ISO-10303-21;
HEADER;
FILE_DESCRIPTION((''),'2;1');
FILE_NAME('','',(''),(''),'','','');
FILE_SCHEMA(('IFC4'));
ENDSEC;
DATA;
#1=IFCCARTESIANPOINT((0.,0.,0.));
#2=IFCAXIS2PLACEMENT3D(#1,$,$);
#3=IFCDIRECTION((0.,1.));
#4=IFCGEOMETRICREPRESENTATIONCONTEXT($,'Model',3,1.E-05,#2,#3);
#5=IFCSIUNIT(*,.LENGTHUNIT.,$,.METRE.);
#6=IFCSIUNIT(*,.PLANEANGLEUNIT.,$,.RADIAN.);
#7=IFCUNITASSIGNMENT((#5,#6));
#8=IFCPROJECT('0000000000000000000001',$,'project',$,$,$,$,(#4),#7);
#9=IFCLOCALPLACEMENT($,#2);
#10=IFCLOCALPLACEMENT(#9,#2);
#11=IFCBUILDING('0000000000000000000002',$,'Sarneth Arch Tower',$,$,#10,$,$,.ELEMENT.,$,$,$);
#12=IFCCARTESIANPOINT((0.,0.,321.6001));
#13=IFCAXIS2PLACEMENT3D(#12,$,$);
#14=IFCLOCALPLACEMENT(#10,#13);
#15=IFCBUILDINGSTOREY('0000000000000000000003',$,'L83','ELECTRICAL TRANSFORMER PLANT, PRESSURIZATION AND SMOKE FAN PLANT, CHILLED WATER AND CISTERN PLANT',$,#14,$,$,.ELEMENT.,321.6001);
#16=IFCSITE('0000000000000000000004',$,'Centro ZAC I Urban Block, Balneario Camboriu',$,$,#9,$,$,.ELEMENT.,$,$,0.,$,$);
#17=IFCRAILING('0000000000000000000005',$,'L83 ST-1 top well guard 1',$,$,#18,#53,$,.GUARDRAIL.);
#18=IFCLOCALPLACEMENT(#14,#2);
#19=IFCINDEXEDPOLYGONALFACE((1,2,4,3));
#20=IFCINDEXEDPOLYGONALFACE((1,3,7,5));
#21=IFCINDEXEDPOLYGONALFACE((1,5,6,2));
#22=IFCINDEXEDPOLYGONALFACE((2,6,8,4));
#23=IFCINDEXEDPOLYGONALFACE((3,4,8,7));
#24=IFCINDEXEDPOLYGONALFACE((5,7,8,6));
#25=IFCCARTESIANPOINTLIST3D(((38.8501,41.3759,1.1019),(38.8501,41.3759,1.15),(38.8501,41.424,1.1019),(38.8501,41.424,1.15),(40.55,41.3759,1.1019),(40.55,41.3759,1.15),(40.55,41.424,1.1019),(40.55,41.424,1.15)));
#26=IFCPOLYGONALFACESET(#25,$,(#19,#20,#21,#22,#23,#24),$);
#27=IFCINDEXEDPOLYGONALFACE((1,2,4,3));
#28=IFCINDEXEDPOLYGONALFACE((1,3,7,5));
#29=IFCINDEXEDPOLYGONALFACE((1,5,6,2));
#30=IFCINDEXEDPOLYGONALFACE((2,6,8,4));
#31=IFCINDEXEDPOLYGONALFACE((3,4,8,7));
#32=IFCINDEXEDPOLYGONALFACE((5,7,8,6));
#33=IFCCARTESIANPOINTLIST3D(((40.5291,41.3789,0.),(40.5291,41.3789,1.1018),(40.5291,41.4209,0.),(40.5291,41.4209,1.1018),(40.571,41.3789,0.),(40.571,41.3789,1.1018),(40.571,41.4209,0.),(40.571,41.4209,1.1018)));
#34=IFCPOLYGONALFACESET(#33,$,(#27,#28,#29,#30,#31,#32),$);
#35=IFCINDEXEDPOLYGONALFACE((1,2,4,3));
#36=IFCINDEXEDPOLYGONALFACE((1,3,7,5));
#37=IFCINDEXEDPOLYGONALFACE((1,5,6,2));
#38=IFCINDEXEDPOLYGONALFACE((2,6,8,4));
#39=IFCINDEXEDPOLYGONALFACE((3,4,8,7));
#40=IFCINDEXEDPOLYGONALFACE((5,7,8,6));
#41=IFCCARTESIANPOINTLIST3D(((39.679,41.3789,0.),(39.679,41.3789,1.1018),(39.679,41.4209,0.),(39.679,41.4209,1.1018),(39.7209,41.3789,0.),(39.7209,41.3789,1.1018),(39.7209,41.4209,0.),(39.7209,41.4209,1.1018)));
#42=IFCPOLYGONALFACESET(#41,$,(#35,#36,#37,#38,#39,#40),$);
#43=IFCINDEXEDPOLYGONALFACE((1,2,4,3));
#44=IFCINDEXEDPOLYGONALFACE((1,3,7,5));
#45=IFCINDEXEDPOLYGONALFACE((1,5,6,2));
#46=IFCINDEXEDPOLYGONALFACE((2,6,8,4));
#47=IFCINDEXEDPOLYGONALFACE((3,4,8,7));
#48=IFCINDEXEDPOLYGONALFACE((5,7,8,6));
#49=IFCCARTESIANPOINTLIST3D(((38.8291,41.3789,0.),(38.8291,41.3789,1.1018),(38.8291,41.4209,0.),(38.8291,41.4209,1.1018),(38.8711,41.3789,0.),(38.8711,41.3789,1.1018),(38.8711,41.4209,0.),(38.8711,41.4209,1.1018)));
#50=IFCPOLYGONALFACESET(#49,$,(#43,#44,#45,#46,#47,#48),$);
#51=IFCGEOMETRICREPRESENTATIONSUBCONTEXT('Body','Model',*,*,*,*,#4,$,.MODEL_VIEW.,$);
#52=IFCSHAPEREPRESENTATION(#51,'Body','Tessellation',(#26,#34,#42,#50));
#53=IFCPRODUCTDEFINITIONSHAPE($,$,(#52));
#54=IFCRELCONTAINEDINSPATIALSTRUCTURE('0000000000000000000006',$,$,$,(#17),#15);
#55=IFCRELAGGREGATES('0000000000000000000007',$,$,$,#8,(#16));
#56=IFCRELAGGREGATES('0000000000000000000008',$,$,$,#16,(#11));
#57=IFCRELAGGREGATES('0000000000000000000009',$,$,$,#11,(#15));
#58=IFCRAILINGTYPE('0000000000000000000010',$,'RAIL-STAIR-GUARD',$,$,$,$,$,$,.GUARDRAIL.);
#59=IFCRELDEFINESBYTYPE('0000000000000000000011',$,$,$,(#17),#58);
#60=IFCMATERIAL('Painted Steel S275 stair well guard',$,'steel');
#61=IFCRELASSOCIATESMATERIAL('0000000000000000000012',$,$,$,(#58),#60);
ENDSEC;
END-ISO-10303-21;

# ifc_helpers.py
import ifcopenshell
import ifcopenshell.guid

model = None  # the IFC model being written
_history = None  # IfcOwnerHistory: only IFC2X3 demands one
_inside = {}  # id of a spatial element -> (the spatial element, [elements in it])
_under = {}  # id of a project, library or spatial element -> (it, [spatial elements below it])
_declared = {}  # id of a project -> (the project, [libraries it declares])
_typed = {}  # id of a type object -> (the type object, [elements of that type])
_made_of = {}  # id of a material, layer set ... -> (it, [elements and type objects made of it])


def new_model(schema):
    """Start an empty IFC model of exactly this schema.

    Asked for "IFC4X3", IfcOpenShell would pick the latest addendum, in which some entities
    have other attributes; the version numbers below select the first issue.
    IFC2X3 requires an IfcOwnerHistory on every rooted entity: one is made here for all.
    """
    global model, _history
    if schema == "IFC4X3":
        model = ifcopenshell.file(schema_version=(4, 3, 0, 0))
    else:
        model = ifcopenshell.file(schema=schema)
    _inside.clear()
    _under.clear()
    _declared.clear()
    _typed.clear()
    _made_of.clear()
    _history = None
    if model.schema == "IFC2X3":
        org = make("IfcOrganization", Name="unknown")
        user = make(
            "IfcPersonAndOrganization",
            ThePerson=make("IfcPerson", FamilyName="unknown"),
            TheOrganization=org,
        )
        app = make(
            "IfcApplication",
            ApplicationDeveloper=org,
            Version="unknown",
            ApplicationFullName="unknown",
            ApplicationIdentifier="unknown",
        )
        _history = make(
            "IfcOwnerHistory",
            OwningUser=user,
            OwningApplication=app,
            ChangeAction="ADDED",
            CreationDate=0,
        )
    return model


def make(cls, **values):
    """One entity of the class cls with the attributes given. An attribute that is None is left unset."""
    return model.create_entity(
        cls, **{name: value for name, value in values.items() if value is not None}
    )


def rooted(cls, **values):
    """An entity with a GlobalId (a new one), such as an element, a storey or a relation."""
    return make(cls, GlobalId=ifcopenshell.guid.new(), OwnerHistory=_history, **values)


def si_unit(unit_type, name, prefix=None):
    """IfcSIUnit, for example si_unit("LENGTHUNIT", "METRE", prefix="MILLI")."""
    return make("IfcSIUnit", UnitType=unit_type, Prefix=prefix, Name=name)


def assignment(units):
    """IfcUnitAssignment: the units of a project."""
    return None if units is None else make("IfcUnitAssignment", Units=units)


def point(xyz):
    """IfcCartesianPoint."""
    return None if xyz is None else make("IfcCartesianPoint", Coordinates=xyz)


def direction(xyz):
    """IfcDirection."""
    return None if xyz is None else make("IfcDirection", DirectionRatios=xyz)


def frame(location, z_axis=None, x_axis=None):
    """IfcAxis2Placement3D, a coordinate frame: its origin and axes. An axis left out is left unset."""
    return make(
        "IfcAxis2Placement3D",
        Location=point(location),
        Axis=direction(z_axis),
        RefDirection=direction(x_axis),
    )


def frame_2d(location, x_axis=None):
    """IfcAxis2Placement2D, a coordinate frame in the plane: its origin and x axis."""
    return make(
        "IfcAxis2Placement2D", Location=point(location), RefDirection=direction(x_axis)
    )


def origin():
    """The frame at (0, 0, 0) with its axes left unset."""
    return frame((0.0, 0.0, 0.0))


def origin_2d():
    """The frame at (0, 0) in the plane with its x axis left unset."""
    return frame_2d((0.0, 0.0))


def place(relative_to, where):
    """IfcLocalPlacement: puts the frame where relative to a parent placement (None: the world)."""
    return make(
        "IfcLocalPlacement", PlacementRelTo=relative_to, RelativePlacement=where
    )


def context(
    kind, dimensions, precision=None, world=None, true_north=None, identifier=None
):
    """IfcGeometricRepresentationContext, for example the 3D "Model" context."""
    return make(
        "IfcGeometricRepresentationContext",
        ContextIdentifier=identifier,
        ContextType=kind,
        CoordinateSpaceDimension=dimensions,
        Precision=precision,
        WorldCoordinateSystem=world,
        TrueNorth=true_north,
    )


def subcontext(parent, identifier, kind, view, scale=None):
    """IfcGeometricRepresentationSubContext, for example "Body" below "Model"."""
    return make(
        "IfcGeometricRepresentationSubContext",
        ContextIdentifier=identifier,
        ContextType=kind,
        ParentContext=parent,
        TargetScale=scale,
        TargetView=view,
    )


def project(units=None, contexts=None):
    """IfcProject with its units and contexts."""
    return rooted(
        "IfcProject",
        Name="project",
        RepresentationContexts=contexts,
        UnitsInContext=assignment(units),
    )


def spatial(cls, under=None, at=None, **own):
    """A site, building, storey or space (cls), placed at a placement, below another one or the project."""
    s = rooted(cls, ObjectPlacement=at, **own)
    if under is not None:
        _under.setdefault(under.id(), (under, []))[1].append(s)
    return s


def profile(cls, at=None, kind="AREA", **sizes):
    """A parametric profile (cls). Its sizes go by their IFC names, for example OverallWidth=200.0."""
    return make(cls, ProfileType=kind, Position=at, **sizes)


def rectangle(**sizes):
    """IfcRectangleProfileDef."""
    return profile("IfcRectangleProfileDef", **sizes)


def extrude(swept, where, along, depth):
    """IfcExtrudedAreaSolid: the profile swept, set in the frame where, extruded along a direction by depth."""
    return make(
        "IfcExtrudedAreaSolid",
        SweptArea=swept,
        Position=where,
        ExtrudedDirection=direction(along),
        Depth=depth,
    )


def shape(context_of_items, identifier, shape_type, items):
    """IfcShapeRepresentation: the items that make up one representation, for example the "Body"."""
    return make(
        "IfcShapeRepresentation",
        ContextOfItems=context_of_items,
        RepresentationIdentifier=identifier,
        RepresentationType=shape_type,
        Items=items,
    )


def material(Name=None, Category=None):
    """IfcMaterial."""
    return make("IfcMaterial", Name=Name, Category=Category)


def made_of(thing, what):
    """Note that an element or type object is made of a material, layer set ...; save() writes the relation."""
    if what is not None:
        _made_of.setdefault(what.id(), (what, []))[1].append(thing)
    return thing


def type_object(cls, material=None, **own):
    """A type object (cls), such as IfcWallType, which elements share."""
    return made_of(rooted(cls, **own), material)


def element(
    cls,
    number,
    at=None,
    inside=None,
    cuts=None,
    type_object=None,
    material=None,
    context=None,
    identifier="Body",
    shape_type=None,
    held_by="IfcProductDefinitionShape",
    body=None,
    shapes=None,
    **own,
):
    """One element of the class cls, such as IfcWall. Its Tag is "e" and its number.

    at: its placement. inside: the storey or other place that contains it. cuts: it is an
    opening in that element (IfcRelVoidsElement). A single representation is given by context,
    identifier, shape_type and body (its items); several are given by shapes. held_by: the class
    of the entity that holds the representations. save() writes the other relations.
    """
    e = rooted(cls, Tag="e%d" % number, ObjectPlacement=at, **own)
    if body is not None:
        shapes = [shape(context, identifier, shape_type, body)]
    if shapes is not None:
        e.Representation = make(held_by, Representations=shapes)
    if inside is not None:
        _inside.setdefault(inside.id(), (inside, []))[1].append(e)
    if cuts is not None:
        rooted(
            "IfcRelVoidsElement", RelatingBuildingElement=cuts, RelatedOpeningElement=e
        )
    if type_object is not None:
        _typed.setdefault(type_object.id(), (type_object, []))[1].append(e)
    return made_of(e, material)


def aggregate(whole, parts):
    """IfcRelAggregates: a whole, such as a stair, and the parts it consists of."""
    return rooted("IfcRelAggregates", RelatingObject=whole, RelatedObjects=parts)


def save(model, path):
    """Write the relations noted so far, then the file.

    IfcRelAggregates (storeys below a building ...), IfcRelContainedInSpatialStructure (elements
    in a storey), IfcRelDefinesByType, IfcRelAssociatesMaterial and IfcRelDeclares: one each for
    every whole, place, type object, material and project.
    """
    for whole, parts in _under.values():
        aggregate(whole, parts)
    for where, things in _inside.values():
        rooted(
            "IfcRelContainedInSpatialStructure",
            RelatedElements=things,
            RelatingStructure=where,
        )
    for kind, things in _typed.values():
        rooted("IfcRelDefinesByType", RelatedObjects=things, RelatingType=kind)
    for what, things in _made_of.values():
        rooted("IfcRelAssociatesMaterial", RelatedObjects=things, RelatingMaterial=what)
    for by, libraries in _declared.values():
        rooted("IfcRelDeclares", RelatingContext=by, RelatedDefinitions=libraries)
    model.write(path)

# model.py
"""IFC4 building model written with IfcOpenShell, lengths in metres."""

from ifc_helpers import new_model, si_unit, direction, frame, origin, origin_2d, place, context, subcontext, project, spatial, rectangle, extrude, material, type_object, element, save


model = new_model("IFC4")

# Units and contexts
model_context = context("Model", 3, precision=1e-05, world=origin(), true_north=direction((0.0, 1.0)))
body_context = subcontext(model_context, "Body", "Model", "MODEL_VIEW")
ifc_project = project(units=[si_unit("LENGTHUNIT", "METRE"), si_unit("PLANEANGLEUNIT", "RADIAN")], contexts=[model_context])

# Site, building, storey
site_placement = place(None, origin())
site = spatial("IfcSite", under=ifc_project, at=site_placement, Name="Centro ZAC I Urban Block, Balneario Camboriu", CompositionType="ELEMENT", RefElevation=0.0)
building_placement = place(site_placement, origin())
building = spatial("IfcBuilding", under=site, at=building_placement, Name="Sarneth Arch Tower", CompositionType="ELEMENT")
storey_placement = place(building_placement, frame((0.0, 0.0, 321.6001)))
storey = spatial("IfcBuildingStorey", under=building, at=storey_placement, Name="L83", Description="ELECTRICAL TRANSFORMER PLANT, PRESSURIZATION AND SMOKE FAN PLANT, CHILLED WATER AND CISTERN PLANT", CompositionType="ELEMENT", Elevation=321.6001)

# Railing
ifc_material_1 = material(Name="Painted Steel S275 stair well guard", Category="steel")
railing_type = type_object("IfcRailingType", Name="RAIL-STAIR-GUARD", PredefinedType="GUARDRAIL", material=ifc_material_1)
railing_placement = place(storey_placement, frame((40.55, 41.3999, 0.0)))
element("IfcRailing", 1, at=railing_placement, inside=storey, type_object=railing_type, Name="L83 ST-1 top well guard 1", PredefinedType="GUARDRAIL", context=body_context, shape_type="SweptSolid", body=[
    extrude(rectangle(XDim=0.0481, YDim=0.0481, at=origin_2d()), frame((0.0, 0.0, 1.126), z_axis=(-1.0, 0.0, 0.0), x_axis=(0.0, -1.0, 0.0)), (0.0, 0.0, 1.0), 1.7),
    extrude(rectangle(XDim=0.042, YDim=0.042, at=origin_2d()), origin(), (0.0, 0.0, 1.0), 1.1018),
    extrude(rectangle(XDim=0.042, YDim=0.042, at=origin_2d()), frame((-0.8501, 0.0, 0.0)), (0.0, 0.0, 1.0), 1.1018),
    extrude(rectangle(XDim=0.042, YDim=0.042, at=origin_2d()), frame((-1.7, 0.0, 0.0)), (0.0, 0.0, 1.0), 1.1018),
])

save(model, "model.ifc")
